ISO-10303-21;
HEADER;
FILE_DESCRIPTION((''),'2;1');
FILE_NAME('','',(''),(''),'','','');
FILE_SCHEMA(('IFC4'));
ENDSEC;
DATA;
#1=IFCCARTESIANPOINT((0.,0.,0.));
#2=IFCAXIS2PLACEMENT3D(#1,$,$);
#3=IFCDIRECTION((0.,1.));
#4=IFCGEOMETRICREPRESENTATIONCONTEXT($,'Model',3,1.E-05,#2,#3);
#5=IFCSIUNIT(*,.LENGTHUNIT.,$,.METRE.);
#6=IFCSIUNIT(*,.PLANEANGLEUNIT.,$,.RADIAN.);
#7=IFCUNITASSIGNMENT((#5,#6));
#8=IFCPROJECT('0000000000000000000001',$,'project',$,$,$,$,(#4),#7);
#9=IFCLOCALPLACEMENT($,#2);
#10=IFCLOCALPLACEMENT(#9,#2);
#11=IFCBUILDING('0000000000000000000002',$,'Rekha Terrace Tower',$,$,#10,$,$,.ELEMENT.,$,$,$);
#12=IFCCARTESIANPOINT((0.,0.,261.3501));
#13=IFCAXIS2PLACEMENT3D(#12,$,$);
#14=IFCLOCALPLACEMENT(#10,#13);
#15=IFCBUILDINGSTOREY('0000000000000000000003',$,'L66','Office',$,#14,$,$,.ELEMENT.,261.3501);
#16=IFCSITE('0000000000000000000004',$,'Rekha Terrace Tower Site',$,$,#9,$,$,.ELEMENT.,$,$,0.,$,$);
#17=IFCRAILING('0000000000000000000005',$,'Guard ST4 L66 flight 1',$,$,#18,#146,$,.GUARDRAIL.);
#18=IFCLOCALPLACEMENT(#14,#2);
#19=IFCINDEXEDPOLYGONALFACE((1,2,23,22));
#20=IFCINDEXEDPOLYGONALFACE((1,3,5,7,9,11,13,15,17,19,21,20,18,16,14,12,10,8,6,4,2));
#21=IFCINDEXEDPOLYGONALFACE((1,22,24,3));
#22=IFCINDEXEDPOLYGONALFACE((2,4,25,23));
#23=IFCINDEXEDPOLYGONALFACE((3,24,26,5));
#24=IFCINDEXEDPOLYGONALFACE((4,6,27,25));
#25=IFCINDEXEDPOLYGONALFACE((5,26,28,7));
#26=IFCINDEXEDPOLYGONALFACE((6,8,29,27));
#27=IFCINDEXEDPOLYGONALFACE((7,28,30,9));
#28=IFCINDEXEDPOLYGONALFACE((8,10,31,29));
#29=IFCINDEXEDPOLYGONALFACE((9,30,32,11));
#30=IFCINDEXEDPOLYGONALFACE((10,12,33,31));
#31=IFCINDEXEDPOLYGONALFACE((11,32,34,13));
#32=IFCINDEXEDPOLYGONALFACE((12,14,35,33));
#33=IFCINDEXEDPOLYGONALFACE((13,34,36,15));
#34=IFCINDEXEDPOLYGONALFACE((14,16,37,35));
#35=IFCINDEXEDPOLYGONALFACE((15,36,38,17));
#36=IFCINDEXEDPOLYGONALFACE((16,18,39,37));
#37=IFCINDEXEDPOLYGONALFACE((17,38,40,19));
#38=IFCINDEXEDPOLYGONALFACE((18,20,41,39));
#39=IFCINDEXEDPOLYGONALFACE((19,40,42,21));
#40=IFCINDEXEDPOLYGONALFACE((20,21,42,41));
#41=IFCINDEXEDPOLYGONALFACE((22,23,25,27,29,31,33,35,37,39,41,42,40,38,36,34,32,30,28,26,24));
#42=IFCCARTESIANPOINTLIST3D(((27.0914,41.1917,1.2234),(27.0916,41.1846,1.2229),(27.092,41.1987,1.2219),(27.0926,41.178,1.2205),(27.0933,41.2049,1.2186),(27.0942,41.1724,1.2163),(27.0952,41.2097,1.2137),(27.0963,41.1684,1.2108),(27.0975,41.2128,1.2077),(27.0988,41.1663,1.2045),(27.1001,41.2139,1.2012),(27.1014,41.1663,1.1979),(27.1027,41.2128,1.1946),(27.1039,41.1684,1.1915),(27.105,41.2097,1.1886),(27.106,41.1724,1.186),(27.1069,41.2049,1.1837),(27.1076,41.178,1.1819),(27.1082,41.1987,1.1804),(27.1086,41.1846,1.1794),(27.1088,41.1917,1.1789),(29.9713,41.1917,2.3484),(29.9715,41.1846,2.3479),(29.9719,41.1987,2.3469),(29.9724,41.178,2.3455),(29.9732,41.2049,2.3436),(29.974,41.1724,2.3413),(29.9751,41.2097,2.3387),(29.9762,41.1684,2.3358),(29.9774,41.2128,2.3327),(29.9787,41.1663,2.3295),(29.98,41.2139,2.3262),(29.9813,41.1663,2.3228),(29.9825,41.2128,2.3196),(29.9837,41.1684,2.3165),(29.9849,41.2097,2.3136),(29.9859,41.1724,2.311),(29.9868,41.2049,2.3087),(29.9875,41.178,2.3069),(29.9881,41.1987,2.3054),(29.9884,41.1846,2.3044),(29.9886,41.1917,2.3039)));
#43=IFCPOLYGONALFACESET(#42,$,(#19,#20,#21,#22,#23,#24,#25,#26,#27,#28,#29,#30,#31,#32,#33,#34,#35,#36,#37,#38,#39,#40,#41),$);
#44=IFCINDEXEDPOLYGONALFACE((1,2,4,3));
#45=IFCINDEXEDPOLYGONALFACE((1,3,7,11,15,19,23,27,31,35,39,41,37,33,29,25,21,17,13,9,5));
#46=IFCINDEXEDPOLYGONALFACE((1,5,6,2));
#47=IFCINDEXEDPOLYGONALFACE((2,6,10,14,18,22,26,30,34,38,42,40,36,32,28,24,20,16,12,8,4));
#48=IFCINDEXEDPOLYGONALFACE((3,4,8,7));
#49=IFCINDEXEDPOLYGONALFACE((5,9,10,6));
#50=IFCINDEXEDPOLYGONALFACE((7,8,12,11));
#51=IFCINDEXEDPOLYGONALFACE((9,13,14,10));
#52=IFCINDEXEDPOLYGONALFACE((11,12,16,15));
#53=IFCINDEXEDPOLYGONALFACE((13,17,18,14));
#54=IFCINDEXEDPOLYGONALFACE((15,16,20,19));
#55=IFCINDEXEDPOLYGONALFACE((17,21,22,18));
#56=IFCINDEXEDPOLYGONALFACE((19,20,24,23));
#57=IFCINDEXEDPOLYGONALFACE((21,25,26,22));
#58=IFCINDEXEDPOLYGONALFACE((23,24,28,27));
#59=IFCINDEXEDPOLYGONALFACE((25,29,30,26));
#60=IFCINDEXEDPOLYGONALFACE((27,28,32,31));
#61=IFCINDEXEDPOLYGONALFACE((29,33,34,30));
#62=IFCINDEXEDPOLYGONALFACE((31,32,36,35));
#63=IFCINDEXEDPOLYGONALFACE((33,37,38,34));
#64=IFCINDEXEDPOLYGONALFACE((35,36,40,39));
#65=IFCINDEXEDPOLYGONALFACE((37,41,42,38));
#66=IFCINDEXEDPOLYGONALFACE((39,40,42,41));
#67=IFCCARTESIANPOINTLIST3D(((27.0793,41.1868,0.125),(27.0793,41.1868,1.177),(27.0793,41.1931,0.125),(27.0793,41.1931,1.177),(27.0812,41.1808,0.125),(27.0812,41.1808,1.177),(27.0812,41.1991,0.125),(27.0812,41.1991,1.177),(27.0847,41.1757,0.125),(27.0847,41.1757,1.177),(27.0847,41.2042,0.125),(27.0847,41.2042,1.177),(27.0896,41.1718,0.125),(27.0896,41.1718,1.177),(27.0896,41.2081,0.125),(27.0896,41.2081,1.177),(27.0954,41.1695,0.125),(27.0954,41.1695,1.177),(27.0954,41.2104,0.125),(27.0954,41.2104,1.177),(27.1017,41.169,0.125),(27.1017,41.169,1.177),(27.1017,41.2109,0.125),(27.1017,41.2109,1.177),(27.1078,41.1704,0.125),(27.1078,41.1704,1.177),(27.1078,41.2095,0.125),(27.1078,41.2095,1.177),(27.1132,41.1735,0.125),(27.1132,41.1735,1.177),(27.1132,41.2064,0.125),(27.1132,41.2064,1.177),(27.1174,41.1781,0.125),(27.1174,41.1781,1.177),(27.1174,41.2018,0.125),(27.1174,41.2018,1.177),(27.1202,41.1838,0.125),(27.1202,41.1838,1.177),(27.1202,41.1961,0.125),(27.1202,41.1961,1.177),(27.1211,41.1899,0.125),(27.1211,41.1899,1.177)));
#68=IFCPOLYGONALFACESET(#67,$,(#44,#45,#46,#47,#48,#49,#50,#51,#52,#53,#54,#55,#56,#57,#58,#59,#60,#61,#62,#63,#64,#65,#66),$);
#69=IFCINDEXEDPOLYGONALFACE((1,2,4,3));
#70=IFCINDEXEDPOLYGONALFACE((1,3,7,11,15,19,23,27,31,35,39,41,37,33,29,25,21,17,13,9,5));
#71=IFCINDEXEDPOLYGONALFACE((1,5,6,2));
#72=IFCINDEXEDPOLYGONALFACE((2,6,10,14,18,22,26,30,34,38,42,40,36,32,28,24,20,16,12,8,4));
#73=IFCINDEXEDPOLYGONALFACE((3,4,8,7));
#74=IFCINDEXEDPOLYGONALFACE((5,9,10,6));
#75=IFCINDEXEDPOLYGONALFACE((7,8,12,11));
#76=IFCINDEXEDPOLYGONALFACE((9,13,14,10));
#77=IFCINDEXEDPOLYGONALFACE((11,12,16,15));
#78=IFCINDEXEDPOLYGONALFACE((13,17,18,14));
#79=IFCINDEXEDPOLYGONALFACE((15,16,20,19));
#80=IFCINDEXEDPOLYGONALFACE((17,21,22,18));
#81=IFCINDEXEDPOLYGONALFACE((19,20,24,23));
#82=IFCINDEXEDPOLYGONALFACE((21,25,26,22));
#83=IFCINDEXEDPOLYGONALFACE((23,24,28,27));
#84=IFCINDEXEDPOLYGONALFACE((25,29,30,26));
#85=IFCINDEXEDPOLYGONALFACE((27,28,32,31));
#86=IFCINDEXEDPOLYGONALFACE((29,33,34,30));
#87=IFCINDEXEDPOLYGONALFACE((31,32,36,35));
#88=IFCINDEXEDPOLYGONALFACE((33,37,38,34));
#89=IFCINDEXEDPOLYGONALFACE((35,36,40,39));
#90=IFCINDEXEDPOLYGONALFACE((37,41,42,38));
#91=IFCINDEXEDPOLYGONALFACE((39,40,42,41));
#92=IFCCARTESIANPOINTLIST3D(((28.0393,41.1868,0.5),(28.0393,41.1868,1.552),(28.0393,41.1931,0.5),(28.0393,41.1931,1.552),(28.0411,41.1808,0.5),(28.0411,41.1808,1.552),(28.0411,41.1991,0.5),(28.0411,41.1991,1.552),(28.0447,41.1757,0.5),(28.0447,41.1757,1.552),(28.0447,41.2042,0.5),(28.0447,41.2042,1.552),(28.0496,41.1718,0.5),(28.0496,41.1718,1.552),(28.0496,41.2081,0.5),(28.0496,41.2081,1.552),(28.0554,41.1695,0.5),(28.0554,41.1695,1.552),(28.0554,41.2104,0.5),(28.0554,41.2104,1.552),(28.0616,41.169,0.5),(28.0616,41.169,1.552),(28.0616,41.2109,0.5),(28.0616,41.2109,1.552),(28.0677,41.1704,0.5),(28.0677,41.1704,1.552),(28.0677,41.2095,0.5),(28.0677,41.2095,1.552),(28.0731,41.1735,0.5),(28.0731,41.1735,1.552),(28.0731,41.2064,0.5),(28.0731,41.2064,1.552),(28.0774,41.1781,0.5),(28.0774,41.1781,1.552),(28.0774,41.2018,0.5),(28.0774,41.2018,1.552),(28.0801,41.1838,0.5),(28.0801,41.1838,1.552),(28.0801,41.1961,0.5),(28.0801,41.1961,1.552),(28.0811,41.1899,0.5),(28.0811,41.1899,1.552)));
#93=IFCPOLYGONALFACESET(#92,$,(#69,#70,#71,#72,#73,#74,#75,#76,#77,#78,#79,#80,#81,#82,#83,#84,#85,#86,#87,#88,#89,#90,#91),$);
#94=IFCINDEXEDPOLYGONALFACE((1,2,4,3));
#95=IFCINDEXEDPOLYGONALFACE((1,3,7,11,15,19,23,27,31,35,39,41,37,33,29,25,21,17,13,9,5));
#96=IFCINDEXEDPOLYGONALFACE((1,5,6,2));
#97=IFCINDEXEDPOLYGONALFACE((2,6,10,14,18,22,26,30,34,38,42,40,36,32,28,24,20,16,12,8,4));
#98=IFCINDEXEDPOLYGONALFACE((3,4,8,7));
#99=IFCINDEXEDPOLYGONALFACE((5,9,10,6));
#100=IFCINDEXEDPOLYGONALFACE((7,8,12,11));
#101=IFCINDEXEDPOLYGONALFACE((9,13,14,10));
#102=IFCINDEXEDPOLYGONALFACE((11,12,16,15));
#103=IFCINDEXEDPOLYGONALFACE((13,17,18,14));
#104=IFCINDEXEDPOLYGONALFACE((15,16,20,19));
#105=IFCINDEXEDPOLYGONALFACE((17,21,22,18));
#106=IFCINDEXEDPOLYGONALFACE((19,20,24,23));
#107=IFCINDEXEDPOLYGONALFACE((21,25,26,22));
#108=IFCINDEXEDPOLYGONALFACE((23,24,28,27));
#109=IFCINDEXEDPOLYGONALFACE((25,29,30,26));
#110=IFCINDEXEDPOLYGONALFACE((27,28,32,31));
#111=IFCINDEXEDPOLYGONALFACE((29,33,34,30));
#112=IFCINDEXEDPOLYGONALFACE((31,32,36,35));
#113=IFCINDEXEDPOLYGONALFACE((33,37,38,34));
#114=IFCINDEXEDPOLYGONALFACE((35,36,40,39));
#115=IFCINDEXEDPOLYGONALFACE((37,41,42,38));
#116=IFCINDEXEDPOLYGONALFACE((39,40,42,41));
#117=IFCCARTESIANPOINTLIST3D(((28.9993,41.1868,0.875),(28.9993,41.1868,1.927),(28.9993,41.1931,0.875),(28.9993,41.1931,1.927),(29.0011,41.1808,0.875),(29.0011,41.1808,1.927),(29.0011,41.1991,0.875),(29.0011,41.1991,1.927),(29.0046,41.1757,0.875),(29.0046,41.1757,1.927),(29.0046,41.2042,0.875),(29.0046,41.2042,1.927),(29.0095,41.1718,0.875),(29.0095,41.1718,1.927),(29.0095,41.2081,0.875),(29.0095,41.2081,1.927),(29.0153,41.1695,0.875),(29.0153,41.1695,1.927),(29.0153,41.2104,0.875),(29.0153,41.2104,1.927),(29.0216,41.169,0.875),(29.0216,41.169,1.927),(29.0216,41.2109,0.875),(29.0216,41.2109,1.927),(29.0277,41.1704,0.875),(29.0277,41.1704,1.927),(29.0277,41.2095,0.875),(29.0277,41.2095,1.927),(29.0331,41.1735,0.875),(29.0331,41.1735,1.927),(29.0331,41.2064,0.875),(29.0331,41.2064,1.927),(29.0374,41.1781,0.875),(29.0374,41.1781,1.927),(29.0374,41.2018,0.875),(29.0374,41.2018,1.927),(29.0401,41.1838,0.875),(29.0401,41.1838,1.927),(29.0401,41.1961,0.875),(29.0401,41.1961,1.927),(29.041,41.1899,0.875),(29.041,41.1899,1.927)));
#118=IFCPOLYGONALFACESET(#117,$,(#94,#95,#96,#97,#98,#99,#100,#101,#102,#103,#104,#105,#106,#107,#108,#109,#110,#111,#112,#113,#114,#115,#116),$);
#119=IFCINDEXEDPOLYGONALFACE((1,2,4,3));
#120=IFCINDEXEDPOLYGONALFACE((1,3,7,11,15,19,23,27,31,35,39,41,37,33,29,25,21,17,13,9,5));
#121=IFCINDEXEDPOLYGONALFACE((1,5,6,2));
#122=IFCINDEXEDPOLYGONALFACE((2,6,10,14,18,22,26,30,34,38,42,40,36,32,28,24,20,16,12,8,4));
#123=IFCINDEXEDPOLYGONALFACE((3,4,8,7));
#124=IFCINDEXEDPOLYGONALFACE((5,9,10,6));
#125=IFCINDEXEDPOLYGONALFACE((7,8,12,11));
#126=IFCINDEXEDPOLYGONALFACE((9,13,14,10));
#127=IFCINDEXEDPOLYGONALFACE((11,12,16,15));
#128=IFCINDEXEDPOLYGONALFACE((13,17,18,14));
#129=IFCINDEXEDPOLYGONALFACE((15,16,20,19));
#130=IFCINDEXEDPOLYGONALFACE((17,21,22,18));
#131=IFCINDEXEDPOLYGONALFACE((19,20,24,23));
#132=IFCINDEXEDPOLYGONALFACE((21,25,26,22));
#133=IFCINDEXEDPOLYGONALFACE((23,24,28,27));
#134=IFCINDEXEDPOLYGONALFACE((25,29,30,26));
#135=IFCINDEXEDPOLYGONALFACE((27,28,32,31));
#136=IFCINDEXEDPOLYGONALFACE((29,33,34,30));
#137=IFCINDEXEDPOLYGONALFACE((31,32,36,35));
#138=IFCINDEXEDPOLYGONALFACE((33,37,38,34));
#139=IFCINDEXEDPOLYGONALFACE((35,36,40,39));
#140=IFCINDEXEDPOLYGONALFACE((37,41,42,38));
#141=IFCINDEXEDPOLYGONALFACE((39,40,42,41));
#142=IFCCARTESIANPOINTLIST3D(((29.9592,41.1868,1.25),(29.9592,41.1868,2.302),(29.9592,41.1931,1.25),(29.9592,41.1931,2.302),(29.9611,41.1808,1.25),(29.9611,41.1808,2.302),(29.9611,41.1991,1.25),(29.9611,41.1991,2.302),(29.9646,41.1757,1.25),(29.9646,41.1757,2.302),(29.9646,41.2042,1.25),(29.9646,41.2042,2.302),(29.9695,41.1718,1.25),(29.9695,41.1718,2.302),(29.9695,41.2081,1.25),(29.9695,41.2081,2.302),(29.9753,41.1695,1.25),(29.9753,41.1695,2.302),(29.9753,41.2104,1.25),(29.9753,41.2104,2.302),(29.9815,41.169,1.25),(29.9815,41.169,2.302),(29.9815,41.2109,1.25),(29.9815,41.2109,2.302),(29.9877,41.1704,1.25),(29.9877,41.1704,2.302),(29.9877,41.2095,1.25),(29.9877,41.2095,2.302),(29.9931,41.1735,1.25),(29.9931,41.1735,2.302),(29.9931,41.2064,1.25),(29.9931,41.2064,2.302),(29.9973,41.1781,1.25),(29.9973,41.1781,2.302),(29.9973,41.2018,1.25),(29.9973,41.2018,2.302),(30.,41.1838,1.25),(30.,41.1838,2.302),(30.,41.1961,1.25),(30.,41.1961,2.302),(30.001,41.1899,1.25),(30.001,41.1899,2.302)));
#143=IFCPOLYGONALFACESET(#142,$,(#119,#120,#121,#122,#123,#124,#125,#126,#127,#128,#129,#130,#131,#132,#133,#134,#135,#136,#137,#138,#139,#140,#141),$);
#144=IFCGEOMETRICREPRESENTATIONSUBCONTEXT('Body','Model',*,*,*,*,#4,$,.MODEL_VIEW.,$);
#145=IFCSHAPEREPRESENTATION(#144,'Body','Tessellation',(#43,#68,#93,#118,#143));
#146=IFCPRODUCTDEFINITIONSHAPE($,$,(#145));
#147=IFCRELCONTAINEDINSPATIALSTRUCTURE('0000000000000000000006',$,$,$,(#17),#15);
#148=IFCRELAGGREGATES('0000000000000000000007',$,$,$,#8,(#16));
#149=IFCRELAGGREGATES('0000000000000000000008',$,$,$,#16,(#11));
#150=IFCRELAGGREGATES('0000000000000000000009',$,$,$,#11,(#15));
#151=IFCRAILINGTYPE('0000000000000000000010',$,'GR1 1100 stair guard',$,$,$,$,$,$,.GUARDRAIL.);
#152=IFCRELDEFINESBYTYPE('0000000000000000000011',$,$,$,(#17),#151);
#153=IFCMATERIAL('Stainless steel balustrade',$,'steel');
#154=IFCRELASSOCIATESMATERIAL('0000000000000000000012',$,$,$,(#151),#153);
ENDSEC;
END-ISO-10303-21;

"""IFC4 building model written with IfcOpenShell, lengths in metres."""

from ifc_helpers import new_model, si_unit, direction, frame, origin, origin_2d, place, context, subcontext, project, spatial, circle, extrude, material, type_object, element, save


model = new_model("IFC4")

# Units and contexts
model_context = context("Model", 3, precision=1e-05, world=origin(), true_north=direction((0.0, 1.0)))
body_context = subcontext(model_context, "Body", "Model", "MODEL_VIEW")
ifc_project = project(units=[si_unit("LENGTHUNIT", "METRE"), si_unit("PLANEANGLEUNIT", "RADIAN")], contexts=[model_context])

# Site, building, storey
site_placement = place(None, origin())
site = spatial("IfcSite", under=ifc_project, at=site_placement, Name="Rekha Terrace Tower Site", CompositionType="ELEMENT", RefElevation=0.0)
building_placement = place(site_placement, origin())
building = spatial("IfcBuilding", under=site, at=building_placement, Name="Rekha Terrace Tower", CompositionType="ELEMENT")
storey_placement = place(building_placement, frame((0.0, 0.0, 261.3501)))
storey = spatial("IfcBuildingStorey", under=building, at=storey_placement, Name="L66", Description="Office", CompositionType="ELEMENT", Elevation=261.3501)

# Railing
ifc_material_1 = material(Name="Stainless steel balustrade", Category="steel")
railing_type_1 = type_object("IfcRailingType", Name="GR1 1100 stair guard", PredefinedType="GUARDRAIL", material=ifc_material_1)
railing_1_placement = place(storey_placement, frame((27.1001, 41.1899, 0.125)))
element("IfcRailing", 1, at=railing_1_placement, inside=storey, type_object=railing_type_1, Name="Guard ST4 L66 flight 1", PredefinedType="GUARDRAIL", context=body_context, shape_type="SweptSolid", body=[
    extrude(circle(Radius=0.0239, at=origin_2d()), frame((0.0, 0.0, 1.0762), z_axis=(0.931452, 0.0, 0.363863), x_axis=(0.0, 1.0, 0.0)), (0.0, 0.0, 1.0), 3.0918),
    extrude(circle(Radius=0.021, at=origin_2d()), origin(), (0.0, 0.0, 1.0), 1.052),
    extrude(circle(Radius=0.021, at=origin_2d()), frame((0.96, 0.0, 0.375)), (0.0, 0.0, 1.0), 1.052),
    extrude(circle(Radius=0.021, at=origin_2d()), frame((1.9199, 0.0, 0.75)), (0.0, 0.0, 1.0), 1.052),
    extrude(circle(Radius=0.021, at=origin_2d()), frame((2.8799, 0.0, 1.125)), (0.0, 0.0, 1.0), 1.052),
])

save(model, "model.ifc")
